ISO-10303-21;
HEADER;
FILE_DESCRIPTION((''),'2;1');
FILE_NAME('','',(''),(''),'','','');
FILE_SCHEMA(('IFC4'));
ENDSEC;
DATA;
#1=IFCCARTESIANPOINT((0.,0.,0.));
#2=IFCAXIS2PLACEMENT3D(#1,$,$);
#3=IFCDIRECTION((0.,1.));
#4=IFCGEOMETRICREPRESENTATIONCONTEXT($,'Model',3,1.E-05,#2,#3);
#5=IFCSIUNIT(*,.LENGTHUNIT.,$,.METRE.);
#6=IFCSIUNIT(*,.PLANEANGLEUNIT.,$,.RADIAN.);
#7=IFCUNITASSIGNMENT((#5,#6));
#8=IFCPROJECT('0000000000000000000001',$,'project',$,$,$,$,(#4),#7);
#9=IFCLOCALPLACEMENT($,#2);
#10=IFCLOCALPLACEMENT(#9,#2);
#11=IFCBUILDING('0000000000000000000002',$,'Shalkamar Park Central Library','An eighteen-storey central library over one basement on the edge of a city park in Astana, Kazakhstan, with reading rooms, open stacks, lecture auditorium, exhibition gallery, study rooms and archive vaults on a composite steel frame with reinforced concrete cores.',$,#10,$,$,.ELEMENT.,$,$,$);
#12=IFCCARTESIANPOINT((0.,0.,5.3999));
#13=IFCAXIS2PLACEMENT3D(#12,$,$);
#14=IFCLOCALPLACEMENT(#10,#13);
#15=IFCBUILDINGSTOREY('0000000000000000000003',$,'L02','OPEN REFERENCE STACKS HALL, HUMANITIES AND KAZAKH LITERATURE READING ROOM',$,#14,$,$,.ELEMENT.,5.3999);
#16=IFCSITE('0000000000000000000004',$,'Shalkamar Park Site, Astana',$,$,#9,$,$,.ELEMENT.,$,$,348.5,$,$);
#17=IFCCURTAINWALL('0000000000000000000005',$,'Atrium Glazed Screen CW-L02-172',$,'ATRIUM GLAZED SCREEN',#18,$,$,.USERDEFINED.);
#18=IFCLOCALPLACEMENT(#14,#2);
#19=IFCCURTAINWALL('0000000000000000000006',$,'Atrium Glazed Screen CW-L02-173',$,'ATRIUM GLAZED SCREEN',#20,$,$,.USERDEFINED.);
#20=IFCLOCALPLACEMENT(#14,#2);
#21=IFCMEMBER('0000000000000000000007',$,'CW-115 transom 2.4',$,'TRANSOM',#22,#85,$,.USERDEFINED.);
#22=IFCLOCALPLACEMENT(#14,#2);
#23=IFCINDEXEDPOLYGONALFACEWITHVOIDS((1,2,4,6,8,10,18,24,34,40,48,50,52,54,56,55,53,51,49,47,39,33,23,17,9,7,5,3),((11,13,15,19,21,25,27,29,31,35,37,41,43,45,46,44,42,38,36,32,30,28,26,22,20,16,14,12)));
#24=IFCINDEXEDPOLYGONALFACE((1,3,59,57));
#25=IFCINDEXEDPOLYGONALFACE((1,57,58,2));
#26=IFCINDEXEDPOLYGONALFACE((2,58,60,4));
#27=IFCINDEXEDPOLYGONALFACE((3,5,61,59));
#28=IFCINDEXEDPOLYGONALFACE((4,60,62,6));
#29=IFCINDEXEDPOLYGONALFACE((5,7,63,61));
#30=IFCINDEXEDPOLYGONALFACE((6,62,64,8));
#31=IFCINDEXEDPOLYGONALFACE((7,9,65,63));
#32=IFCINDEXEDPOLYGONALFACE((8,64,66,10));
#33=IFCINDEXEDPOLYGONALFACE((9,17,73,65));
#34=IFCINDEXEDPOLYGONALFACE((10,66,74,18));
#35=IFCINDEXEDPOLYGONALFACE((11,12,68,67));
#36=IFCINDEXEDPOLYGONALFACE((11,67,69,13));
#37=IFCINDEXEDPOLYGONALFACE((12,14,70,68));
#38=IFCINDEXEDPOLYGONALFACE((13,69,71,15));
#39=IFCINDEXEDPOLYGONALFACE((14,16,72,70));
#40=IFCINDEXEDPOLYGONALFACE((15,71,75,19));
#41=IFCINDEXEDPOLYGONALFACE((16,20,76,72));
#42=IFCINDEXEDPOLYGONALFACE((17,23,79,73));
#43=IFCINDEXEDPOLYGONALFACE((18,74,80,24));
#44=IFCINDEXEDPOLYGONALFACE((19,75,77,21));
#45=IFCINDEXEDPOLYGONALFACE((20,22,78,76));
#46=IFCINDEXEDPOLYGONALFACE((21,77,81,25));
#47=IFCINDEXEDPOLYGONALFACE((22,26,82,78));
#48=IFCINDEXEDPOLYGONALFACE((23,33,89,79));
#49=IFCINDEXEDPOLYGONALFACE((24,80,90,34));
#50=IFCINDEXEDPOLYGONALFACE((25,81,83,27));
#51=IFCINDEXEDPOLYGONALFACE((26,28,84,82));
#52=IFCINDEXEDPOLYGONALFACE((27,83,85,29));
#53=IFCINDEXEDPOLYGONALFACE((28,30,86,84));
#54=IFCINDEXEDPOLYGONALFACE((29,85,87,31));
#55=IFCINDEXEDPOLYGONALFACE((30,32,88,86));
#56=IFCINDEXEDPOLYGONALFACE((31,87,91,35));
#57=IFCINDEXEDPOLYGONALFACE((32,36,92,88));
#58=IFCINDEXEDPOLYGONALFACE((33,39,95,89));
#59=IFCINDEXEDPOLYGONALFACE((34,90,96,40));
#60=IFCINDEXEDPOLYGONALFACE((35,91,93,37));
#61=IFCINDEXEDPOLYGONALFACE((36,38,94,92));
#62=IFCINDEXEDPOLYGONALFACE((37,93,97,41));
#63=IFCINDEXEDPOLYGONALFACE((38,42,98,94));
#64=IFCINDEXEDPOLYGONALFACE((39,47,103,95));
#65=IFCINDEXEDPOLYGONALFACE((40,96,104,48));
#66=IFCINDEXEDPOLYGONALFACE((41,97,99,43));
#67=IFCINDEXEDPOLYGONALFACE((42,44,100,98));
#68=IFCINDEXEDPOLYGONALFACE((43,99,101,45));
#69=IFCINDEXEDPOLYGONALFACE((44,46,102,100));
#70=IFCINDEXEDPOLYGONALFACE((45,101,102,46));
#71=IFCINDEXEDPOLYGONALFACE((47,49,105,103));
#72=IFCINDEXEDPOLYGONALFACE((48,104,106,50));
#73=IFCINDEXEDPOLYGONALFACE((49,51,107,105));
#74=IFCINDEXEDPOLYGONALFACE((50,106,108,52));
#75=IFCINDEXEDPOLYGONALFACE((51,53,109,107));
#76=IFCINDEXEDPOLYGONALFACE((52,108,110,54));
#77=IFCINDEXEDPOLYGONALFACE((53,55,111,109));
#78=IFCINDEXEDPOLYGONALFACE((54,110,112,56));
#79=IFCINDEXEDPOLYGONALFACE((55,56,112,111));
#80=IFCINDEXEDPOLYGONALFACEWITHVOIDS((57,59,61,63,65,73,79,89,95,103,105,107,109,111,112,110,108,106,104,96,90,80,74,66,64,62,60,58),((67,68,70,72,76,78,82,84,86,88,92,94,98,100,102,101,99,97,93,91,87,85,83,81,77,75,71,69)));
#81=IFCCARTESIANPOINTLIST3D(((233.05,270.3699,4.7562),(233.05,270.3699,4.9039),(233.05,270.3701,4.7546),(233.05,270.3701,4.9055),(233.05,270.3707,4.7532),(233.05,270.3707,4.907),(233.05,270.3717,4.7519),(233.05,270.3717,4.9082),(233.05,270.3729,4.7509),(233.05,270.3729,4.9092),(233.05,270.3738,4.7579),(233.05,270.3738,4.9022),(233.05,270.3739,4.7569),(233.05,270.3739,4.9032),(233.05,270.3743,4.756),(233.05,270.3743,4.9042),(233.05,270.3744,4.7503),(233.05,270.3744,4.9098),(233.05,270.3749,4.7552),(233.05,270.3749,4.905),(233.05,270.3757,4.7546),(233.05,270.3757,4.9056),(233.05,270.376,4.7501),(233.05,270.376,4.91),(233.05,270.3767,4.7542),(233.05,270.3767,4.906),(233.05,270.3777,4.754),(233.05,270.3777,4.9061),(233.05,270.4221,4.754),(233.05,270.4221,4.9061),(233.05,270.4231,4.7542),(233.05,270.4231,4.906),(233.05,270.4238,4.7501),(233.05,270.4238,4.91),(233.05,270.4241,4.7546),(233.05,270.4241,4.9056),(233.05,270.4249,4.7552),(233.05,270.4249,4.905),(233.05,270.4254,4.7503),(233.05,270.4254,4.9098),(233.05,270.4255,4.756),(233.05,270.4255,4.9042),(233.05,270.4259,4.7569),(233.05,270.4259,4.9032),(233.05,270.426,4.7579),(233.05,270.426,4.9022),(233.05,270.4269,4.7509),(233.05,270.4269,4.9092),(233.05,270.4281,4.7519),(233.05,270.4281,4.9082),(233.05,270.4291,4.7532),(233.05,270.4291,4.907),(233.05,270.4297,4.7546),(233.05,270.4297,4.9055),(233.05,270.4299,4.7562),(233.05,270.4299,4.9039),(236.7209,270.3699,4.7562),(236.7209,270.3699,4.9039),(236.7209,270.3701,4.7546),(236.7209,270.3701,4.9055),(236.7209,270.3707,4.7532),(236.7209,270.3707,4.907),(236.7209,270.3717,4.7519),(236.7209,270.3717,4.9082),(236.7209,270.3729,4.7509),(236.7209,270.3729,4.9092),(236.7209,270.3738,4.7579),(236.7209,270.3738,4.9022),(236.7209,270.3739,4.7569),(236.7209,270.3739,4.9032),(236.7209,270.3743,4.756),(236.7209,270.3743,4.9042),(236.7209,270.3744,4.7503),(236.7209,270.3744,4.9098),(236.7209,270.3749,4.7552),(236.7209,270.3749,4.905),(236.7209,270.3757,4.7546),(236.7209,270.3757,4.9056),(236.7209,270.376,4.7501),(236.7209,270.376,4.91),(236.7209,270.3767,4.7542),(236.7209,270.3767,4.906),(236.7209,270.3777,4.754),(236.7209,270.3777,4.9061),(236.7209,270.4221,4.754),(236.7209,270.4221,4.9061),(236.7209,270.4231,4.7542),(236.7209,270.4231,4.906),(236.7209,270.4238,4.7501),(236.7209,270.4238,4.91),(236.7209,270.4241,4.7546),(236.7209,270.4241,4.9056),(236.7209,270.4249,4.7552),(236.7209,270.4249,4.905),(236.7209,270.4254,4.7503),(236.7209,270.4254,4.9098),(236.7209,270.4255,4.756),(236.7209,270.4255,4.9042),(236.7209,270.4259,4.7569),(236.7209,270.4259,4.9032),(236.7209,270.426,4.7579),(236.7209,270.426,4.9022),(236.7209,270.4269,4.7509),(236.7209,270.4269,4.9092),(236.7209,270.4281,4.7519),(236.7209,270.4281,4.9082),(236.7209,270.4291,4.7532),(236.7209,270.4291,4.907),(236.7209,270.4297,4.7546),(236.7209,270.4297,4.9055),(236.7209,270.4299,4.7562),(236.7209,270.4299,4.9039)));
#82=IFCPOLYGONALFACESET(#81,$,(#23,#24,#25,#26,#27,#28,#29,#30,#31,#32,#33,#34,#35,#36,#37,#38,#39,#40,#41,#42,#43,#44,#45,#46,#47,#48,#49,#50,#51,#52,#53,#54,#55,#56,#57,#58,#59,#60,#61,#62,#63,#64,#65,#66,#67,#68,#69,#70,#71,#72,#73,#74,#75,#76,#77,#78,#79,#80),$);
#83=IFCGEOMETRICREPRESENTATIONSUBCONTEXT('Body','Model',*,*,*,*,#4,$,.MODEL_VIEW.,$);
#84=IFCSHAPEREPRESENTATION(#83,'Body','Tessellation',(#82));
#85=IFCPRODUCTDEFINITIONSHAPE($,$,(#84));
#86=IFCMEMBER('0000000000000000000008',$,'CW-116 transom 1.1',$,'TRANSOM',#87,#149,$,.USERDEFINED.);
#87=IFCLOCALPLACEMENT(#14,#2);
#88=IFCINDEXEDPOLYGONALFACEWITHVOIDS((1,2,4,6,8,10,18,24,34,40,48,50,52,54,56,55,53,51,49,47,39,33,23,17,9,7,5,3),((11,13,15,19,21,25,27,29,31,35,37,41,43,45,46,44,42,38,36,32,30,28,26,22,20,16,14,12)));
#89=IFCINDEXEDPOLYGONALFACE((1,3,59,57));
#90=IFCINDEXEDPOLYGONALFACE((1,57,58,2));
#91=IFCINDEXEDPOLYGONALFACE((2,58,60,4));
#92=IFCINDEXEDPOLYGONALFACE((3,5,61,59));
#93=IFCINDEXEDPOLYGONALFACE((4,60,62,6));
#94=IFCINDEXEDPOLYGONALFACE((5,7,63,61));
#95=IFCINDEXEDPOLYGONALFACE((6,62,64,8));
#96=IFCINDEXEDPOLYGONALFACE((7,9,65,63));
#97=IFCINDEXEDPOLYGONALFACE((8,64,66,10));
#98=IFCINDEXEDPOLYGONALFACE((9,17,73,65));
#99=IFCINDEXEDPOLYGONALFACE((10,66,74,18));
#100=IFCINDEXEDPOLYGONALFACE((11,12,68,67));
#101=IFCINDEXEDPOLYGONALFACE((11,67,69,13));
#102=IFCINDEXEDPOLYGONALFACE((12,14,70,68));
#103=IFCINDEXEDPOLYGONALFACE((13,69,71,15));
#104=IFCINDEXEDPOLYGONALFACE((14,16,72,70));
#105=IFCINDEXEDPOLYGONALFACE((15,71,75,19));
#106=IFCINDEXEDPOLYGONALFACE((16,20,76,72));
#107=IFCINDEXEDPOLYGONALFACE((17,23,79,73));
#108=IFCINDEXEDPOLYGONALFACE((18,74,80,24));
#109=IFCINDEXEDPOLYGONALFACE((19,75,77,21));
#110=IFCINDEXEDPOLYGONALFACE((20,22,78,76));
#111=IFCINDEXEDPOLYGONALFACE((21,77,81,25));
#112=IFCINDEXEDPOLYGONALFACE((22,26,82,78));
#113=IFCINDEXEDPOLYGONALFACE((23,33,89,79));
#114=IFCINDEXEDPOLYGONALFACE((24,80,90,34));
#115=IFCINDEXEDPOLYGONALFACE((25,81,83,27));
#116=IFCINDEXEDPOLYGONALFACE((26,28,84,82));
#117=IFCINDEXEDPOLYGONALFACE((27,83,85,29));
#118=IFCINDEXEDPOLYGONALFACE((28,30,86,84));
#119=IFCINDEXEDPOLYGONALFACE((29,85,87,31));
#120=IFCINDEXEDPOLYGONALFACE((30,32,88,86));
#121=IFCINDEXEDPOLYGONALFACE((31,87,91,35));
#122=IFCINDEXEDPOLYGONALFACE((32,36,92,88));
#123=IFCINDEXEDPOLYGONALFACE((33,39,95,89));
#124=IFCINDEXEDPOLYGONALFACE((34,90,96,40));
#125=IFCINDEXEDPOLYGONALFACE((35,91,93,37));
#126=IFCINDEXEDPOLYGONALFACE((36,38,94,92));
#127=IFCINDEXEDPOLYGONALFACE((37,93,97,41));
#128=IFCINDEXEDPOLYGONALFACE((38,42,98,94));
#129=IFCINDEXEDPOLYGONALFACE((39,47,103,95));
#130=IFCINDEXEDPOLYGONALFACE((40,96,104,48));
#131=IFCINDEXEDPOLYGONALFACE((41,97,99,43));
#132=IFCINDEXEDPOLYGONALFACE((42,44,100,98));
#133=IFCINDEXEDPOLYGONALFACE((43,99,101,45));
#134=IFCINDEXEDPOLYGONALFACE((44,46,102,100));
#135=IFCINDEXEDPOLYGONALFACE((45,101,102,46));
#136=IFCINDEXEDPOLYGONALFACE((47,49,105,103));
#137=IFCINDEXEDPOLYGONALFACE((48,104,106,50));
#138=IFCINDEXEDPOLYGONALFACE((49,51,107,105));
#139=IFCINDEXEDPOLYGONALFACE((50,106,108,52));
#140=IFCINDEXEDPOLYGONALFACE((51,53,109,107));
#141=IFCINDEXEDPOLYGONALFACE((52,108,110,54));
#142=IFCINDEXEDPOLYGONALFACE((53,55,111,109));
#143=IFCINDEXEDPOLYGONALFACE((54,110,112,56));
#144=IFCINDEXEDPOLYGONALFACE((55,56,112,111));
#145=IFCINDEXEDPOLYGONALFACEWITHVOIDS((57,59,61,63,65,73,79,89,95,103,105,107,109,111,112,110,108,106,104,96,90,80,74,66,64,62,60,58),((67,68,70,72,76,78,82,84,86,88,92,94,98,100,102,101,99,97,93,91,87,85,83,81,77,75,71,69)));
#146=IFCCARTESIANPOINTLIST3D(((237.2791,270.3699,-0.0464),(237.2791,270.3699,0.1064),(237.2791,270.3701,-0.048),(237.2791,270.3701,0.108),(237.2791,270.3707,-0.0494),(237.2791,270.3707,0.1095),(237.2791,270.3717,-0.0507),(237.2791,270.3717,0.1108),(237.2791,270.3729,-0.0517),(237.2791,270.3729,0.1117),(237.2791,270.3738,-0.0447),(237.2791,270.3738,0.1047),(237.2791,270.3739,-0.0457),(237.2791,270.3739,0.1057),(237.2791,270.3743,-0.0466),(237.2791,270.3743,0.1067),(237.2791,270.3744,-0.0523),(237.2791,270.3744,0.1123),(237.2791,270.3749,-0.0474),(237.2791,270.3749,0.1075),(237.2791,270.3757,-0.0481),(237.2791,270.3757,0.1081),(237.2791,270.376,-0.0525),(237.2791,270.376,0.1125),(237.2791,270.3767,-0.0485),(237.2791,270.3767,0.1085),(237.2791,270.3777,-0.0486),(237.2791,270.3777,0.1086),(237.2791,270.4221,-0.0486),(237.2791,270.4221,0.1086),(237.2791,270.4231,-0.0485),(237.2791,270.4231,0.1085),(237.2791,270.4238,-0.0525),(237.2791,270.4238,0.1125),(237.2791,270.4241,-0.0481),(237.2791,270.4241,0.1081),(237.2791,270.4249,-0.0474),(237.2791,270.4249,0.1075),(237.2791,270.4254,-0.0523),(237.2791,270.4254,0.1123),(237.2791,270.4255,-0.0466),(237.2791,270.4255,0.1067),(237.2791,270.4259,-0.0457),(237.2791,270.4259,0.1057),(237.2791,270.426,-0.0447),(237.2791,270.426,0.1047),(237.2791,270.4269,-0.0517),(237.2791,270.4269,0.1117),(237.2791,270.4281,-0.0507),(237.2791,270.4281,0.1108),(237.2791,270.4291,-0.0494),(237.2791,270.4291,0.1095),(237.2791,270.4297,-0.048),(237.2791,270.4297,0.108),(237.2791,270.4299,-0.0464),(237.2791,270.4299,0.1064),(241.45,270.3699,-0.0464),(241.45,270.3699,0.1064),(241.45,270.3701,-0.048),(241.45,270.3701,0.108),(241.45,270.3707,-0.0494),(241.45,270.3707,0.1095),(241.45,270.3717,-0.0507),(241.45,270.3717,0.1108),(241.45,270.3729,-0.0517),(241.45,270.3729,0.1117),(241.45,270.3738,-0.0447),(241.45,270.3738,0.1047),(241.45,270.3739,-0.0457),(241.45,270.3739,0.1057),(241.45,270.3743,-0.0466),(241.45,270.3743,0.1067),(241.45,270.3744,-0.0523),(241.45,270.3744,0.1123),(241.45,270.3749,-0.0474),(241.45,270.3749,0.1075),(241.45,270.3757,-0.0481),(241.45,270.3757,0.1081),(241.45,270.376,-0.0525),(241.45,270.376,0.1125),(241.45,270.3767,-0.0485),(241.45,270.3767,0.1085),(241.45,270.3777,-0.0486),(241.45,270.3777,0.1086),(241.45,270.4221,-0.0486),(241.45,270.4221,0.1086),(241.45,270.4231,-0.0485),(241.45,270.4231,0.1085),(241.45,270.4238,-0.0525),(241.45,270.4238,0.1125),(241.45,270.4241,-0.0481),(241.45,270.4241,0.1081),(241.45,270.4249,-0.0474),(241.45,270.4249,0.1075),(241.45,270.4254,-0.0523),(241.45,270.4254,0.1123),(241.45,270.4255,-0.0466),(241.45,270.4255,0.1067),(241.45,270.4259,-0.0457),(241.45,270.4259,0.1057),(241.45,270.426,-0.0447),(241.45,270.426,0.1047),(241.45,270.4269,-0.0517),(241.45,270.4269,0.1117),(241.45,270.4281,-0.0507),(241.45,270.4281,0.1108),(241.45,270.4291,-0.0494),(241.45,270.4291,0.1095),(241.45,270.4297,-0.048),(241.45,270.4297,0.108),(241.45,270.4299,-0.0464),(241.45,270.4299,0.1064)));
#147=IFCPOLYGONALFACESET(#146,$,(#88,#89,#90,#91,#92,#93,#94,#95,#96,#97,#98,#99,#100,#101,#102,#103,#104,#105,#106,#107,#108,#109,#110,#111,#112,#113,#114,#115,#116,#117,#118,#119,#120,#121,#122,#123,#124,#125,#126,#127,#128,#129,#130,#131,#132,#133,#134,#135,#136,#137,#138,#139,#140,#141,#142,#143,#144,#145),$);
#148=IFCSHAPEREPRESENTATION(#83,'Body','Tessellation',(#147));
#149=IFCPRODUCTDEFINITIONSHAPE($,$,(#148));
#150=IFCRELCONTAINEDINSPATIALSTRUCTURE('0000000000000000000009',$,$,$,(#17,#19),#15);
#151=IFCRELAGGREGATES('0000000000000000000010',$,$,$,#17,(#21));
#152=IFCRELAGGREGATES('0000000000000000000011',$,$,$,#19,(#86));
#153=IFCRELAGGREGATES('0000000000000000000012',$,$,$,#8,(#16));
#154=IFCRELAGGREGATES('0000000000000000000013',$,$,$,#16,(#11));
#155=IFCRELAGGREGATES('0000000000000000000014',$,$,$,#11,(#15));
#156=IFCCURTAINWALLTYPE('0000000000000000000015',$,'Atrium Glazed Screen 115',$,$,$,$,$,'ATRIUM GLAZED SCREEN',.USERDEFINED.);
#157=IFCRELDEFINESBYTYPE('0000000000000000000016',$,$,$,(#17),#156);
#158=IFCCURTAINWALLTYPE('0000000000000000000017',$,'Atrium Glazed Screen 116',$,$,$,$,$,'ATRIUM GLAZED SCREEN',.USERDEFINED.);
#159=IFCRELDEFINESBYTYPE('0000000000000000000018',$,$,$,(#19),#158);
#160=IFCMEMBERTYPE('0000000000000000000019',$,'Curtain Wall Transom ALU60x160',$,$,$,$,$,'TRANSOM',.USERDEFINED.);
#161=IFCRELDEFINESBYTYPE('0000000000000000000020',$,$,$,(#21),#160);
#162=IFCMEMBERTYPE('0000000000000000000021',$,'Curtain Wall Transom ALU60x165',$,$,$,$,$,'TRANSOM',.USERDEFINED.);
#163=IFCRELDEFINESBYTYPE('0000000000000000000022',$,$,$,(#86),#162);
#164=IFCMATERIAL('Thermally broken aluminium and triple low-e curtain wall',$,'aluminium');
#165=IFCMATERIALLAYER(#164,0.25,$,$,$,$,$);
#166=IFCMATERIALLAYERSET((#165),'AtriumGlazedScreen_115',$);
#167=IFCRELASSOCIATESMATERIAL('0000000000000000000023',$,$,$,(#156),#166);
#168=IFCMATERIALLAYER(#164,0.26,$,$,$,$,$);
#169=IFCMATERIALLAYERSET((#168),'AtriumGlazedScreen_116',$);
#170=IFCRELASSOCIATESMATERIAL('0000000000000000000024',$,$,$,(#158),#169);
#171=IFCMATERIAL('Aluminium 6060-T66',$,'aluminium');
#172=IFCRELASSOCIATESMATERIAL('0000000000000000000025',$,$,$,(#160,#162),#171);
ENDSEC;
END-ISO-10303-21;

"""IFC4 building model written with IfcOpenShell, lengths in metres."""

from ifc_helpers import new_model, si_unit, direction, frame, origin, origin_2d, place, context, subcontext, project, spatial, hollow_rectangle, extrude, material, layer, layer_set, material_profile, profile_set, type_object, element, aggregate, save


model = new_model("IFC4")

# Units and contexts
model_context = context("Model", 3, precision=1e-05, world=origin(), true_north=direction((0.0, 1.0)))
body_context = subcontext(model_context, "Body", "Model", "MODEL_VIEW")
ifc_project = project(units=[si_unit("LENGTHUNIT", "METRE"), si_unit("PLANEANGLEUNIT", "RADIAN")], contexts=[model_context])

# Site, building, storey
site_placement = place(None, origin())
site = spatial("IfcSite", under=ifc_project, at=site_placement, Name="Shalkamar Park Site, Astana", CompositionType="ELEMENT", RefElevation=348.5)
building_placement = place(site_placement, origin())
building = spatial("IfcBuilding", under=site, at=building_placement, Name="Shalkamar Park Central Library", Description="An eighteen-storey central library over one basement on the edge of a city park in Astana, Kazakhstan, with reading rooms, open stacks, lecture auditorium, exhibition gallery, study rooms and archive vaults on a composite steel frame with reinforced concrete cores.", CompositionType="ELEMENT")
storey_placement = place(building_placement, frame((0.0, 0.0, 5.3999)))
storey = spatial("IfcBuildingStorey", under=building, at=storey_placement, Name="L02", Description="OPEN REFERENCE STACKS HALL, HUMANITIES AND KAZAKH LITERATURE READING ROOM", CompositionType="ELEMENT", Elevation=5.3999)

# Curtain wall
ifc_material_1 = material(Name="Thermally broken aluminium and triple low-e curtain wall", Category="aluminium")
ifc_layer_1 = layer(ifc_material_1, 0.25)
ifc_layer_set_1 = layer_set([ifc_layer_1], Name="AtriumGlazedScreen_115")
curtain_wall_type_1 = type_object("IfcCurtainWallType", Name="Atrium Glazed Screen 115", ElementType="ATRIUM GLAZED SCREEN", PredefinedType="USERDEFINED", material=ifc_layer_set_1)
curtain_wall_1_placement = place(storey_placement, origin())
curtain_wall_1 = element("IfcCurtainWall", 1, at=curtain_wall_1_placement, inside=storey, type_object=curtain_wall_type_1, Name="Atrium Glazed Screen CW-L02-172", ObjectType="ATRIUM GLAZED SCREEN", PredefinedType="USERDEFINED")
ifc_material_2 = material(Name="Aluminium 6060-T66", Category="aluminium")

# Curtain wall
ifc_layer_2 = layer(ifc_material_1, 0.26)
ifc_layer_set_2 = layer_set([ifc_layer_2], Name="AtriumGlazedScreen_116")
curtain_wall_type_2 = type_object("IfcCurtainWallType", Name="Atrium Glazed Screen 116", ElementType="ATRIUM GLAZED SCREEN", PredefinedType="USERDEFINED", material=ifc_layer_set_2)
curtain_wall_2_placement = place(storey_placement, origin())
curtain_wall_2 = element("IfcCurtainWall", 2, at=curtain_wall_2_placement, inside=storey, type_object=curtain_wall_type_2, Name="Atrium Glazed Screen CW-L02-173", ObjectType="ATRIUM GLAZED SCREEN", PredefinedType="USERDEFINED")

# Members
ifc_material_profile_1 = material_profile(ifc_material_2, hollow_rectangle(XDim=0.0601, YDim=0.1599, WallThickness=0.0039, InnerFilletRadius=0.0039, OuterFilletRadius=0.0061, at=origin_2d()), Name="ALU 60x160x4")
ifc_profile_set_1 = profile_set([ifc_material_profile_1], Name="Aluminium 6060-T66")
member_type_1 = type_object("IfcMemberType", Name="Curtain Wall Transom ALU60x160", ElementType="TRANSOM", PredefinedType="USERDEFINED", material=ifc_profile_set_1)
member_1_placement = place(storey_placement, frame((233.05, 270.3999, 4.8301), z_axis=(1.0, 0.0, 0.0), x_axis=(0.0, 1.0, 0.0)))
member_1 = element("IfcMember", 3, at=member_1_placement, type_object=member_type_1, Name="CW-115 transom 2.4", ObjectType="TRANSOM", PredefinedType="USERDEFINED", context=body_context, shape_type="SweptSolid", body=[
    extrude(hollow_rectangle(XDim=0.0601, YDim=0.1599, WallThickness=0.0039, InnerFilletRadius=0.0039, OuterFilletRadius=0.0061, at=origin_2d()), origin(), (0.0, 0.0, 1.0), 3.6709),
])
ifc_material_profile_2 = material_profile(ifc_material_2, hollow_rectangle(XDim=0.0601, YDim=0.165, WallThickness=0.0039, InnerFilletRadius=0.0039, OuterFilletRadius=0.0061, at=origin_2d()), Name="ALU 60x165x4")
ifc_profile_set_2 = profile_set([ifc_material_profile_2], Name="Aluminium 6060-T66")
member_type_2 = type_object("IfcMemberType", Name="Curtain Wall Transom ALU60x165", ElementType="TRANSOM", PredefinedType="USERDEFINED", material=ifc_profile_set_2)
member_2_placement = place(storey_placement, frame((237.2791, 270.3999, 0.03), z_axis=(1.0, 0.0, 0.0), x_axis=(0.0, 1.0, 0.0)))
member_2 = element("IfcMember", 4, at=member_2_placement, type_object=member_type_2, Name="CW-116 transom 1.1", ObjectType="TRANSOM", PredefinedType="USERDEFINED", context=body_context, shape_type="SweptSolid", body=[
    extrude(hollow_rectangle(XDim=0.0601, YDim=0.165, WallThickness=0.0039, InnerFilletRadius=0.0039, OuterFilletRadius=0.0061, at=origin_2d()), origin(), (0.0, 0.0, 1.0), 4.1709),
])

aggregate(curtain_wall_1, [member_1])
aggregate(curtain_wall_2, [member_2])

save(model, "model.ifc")
